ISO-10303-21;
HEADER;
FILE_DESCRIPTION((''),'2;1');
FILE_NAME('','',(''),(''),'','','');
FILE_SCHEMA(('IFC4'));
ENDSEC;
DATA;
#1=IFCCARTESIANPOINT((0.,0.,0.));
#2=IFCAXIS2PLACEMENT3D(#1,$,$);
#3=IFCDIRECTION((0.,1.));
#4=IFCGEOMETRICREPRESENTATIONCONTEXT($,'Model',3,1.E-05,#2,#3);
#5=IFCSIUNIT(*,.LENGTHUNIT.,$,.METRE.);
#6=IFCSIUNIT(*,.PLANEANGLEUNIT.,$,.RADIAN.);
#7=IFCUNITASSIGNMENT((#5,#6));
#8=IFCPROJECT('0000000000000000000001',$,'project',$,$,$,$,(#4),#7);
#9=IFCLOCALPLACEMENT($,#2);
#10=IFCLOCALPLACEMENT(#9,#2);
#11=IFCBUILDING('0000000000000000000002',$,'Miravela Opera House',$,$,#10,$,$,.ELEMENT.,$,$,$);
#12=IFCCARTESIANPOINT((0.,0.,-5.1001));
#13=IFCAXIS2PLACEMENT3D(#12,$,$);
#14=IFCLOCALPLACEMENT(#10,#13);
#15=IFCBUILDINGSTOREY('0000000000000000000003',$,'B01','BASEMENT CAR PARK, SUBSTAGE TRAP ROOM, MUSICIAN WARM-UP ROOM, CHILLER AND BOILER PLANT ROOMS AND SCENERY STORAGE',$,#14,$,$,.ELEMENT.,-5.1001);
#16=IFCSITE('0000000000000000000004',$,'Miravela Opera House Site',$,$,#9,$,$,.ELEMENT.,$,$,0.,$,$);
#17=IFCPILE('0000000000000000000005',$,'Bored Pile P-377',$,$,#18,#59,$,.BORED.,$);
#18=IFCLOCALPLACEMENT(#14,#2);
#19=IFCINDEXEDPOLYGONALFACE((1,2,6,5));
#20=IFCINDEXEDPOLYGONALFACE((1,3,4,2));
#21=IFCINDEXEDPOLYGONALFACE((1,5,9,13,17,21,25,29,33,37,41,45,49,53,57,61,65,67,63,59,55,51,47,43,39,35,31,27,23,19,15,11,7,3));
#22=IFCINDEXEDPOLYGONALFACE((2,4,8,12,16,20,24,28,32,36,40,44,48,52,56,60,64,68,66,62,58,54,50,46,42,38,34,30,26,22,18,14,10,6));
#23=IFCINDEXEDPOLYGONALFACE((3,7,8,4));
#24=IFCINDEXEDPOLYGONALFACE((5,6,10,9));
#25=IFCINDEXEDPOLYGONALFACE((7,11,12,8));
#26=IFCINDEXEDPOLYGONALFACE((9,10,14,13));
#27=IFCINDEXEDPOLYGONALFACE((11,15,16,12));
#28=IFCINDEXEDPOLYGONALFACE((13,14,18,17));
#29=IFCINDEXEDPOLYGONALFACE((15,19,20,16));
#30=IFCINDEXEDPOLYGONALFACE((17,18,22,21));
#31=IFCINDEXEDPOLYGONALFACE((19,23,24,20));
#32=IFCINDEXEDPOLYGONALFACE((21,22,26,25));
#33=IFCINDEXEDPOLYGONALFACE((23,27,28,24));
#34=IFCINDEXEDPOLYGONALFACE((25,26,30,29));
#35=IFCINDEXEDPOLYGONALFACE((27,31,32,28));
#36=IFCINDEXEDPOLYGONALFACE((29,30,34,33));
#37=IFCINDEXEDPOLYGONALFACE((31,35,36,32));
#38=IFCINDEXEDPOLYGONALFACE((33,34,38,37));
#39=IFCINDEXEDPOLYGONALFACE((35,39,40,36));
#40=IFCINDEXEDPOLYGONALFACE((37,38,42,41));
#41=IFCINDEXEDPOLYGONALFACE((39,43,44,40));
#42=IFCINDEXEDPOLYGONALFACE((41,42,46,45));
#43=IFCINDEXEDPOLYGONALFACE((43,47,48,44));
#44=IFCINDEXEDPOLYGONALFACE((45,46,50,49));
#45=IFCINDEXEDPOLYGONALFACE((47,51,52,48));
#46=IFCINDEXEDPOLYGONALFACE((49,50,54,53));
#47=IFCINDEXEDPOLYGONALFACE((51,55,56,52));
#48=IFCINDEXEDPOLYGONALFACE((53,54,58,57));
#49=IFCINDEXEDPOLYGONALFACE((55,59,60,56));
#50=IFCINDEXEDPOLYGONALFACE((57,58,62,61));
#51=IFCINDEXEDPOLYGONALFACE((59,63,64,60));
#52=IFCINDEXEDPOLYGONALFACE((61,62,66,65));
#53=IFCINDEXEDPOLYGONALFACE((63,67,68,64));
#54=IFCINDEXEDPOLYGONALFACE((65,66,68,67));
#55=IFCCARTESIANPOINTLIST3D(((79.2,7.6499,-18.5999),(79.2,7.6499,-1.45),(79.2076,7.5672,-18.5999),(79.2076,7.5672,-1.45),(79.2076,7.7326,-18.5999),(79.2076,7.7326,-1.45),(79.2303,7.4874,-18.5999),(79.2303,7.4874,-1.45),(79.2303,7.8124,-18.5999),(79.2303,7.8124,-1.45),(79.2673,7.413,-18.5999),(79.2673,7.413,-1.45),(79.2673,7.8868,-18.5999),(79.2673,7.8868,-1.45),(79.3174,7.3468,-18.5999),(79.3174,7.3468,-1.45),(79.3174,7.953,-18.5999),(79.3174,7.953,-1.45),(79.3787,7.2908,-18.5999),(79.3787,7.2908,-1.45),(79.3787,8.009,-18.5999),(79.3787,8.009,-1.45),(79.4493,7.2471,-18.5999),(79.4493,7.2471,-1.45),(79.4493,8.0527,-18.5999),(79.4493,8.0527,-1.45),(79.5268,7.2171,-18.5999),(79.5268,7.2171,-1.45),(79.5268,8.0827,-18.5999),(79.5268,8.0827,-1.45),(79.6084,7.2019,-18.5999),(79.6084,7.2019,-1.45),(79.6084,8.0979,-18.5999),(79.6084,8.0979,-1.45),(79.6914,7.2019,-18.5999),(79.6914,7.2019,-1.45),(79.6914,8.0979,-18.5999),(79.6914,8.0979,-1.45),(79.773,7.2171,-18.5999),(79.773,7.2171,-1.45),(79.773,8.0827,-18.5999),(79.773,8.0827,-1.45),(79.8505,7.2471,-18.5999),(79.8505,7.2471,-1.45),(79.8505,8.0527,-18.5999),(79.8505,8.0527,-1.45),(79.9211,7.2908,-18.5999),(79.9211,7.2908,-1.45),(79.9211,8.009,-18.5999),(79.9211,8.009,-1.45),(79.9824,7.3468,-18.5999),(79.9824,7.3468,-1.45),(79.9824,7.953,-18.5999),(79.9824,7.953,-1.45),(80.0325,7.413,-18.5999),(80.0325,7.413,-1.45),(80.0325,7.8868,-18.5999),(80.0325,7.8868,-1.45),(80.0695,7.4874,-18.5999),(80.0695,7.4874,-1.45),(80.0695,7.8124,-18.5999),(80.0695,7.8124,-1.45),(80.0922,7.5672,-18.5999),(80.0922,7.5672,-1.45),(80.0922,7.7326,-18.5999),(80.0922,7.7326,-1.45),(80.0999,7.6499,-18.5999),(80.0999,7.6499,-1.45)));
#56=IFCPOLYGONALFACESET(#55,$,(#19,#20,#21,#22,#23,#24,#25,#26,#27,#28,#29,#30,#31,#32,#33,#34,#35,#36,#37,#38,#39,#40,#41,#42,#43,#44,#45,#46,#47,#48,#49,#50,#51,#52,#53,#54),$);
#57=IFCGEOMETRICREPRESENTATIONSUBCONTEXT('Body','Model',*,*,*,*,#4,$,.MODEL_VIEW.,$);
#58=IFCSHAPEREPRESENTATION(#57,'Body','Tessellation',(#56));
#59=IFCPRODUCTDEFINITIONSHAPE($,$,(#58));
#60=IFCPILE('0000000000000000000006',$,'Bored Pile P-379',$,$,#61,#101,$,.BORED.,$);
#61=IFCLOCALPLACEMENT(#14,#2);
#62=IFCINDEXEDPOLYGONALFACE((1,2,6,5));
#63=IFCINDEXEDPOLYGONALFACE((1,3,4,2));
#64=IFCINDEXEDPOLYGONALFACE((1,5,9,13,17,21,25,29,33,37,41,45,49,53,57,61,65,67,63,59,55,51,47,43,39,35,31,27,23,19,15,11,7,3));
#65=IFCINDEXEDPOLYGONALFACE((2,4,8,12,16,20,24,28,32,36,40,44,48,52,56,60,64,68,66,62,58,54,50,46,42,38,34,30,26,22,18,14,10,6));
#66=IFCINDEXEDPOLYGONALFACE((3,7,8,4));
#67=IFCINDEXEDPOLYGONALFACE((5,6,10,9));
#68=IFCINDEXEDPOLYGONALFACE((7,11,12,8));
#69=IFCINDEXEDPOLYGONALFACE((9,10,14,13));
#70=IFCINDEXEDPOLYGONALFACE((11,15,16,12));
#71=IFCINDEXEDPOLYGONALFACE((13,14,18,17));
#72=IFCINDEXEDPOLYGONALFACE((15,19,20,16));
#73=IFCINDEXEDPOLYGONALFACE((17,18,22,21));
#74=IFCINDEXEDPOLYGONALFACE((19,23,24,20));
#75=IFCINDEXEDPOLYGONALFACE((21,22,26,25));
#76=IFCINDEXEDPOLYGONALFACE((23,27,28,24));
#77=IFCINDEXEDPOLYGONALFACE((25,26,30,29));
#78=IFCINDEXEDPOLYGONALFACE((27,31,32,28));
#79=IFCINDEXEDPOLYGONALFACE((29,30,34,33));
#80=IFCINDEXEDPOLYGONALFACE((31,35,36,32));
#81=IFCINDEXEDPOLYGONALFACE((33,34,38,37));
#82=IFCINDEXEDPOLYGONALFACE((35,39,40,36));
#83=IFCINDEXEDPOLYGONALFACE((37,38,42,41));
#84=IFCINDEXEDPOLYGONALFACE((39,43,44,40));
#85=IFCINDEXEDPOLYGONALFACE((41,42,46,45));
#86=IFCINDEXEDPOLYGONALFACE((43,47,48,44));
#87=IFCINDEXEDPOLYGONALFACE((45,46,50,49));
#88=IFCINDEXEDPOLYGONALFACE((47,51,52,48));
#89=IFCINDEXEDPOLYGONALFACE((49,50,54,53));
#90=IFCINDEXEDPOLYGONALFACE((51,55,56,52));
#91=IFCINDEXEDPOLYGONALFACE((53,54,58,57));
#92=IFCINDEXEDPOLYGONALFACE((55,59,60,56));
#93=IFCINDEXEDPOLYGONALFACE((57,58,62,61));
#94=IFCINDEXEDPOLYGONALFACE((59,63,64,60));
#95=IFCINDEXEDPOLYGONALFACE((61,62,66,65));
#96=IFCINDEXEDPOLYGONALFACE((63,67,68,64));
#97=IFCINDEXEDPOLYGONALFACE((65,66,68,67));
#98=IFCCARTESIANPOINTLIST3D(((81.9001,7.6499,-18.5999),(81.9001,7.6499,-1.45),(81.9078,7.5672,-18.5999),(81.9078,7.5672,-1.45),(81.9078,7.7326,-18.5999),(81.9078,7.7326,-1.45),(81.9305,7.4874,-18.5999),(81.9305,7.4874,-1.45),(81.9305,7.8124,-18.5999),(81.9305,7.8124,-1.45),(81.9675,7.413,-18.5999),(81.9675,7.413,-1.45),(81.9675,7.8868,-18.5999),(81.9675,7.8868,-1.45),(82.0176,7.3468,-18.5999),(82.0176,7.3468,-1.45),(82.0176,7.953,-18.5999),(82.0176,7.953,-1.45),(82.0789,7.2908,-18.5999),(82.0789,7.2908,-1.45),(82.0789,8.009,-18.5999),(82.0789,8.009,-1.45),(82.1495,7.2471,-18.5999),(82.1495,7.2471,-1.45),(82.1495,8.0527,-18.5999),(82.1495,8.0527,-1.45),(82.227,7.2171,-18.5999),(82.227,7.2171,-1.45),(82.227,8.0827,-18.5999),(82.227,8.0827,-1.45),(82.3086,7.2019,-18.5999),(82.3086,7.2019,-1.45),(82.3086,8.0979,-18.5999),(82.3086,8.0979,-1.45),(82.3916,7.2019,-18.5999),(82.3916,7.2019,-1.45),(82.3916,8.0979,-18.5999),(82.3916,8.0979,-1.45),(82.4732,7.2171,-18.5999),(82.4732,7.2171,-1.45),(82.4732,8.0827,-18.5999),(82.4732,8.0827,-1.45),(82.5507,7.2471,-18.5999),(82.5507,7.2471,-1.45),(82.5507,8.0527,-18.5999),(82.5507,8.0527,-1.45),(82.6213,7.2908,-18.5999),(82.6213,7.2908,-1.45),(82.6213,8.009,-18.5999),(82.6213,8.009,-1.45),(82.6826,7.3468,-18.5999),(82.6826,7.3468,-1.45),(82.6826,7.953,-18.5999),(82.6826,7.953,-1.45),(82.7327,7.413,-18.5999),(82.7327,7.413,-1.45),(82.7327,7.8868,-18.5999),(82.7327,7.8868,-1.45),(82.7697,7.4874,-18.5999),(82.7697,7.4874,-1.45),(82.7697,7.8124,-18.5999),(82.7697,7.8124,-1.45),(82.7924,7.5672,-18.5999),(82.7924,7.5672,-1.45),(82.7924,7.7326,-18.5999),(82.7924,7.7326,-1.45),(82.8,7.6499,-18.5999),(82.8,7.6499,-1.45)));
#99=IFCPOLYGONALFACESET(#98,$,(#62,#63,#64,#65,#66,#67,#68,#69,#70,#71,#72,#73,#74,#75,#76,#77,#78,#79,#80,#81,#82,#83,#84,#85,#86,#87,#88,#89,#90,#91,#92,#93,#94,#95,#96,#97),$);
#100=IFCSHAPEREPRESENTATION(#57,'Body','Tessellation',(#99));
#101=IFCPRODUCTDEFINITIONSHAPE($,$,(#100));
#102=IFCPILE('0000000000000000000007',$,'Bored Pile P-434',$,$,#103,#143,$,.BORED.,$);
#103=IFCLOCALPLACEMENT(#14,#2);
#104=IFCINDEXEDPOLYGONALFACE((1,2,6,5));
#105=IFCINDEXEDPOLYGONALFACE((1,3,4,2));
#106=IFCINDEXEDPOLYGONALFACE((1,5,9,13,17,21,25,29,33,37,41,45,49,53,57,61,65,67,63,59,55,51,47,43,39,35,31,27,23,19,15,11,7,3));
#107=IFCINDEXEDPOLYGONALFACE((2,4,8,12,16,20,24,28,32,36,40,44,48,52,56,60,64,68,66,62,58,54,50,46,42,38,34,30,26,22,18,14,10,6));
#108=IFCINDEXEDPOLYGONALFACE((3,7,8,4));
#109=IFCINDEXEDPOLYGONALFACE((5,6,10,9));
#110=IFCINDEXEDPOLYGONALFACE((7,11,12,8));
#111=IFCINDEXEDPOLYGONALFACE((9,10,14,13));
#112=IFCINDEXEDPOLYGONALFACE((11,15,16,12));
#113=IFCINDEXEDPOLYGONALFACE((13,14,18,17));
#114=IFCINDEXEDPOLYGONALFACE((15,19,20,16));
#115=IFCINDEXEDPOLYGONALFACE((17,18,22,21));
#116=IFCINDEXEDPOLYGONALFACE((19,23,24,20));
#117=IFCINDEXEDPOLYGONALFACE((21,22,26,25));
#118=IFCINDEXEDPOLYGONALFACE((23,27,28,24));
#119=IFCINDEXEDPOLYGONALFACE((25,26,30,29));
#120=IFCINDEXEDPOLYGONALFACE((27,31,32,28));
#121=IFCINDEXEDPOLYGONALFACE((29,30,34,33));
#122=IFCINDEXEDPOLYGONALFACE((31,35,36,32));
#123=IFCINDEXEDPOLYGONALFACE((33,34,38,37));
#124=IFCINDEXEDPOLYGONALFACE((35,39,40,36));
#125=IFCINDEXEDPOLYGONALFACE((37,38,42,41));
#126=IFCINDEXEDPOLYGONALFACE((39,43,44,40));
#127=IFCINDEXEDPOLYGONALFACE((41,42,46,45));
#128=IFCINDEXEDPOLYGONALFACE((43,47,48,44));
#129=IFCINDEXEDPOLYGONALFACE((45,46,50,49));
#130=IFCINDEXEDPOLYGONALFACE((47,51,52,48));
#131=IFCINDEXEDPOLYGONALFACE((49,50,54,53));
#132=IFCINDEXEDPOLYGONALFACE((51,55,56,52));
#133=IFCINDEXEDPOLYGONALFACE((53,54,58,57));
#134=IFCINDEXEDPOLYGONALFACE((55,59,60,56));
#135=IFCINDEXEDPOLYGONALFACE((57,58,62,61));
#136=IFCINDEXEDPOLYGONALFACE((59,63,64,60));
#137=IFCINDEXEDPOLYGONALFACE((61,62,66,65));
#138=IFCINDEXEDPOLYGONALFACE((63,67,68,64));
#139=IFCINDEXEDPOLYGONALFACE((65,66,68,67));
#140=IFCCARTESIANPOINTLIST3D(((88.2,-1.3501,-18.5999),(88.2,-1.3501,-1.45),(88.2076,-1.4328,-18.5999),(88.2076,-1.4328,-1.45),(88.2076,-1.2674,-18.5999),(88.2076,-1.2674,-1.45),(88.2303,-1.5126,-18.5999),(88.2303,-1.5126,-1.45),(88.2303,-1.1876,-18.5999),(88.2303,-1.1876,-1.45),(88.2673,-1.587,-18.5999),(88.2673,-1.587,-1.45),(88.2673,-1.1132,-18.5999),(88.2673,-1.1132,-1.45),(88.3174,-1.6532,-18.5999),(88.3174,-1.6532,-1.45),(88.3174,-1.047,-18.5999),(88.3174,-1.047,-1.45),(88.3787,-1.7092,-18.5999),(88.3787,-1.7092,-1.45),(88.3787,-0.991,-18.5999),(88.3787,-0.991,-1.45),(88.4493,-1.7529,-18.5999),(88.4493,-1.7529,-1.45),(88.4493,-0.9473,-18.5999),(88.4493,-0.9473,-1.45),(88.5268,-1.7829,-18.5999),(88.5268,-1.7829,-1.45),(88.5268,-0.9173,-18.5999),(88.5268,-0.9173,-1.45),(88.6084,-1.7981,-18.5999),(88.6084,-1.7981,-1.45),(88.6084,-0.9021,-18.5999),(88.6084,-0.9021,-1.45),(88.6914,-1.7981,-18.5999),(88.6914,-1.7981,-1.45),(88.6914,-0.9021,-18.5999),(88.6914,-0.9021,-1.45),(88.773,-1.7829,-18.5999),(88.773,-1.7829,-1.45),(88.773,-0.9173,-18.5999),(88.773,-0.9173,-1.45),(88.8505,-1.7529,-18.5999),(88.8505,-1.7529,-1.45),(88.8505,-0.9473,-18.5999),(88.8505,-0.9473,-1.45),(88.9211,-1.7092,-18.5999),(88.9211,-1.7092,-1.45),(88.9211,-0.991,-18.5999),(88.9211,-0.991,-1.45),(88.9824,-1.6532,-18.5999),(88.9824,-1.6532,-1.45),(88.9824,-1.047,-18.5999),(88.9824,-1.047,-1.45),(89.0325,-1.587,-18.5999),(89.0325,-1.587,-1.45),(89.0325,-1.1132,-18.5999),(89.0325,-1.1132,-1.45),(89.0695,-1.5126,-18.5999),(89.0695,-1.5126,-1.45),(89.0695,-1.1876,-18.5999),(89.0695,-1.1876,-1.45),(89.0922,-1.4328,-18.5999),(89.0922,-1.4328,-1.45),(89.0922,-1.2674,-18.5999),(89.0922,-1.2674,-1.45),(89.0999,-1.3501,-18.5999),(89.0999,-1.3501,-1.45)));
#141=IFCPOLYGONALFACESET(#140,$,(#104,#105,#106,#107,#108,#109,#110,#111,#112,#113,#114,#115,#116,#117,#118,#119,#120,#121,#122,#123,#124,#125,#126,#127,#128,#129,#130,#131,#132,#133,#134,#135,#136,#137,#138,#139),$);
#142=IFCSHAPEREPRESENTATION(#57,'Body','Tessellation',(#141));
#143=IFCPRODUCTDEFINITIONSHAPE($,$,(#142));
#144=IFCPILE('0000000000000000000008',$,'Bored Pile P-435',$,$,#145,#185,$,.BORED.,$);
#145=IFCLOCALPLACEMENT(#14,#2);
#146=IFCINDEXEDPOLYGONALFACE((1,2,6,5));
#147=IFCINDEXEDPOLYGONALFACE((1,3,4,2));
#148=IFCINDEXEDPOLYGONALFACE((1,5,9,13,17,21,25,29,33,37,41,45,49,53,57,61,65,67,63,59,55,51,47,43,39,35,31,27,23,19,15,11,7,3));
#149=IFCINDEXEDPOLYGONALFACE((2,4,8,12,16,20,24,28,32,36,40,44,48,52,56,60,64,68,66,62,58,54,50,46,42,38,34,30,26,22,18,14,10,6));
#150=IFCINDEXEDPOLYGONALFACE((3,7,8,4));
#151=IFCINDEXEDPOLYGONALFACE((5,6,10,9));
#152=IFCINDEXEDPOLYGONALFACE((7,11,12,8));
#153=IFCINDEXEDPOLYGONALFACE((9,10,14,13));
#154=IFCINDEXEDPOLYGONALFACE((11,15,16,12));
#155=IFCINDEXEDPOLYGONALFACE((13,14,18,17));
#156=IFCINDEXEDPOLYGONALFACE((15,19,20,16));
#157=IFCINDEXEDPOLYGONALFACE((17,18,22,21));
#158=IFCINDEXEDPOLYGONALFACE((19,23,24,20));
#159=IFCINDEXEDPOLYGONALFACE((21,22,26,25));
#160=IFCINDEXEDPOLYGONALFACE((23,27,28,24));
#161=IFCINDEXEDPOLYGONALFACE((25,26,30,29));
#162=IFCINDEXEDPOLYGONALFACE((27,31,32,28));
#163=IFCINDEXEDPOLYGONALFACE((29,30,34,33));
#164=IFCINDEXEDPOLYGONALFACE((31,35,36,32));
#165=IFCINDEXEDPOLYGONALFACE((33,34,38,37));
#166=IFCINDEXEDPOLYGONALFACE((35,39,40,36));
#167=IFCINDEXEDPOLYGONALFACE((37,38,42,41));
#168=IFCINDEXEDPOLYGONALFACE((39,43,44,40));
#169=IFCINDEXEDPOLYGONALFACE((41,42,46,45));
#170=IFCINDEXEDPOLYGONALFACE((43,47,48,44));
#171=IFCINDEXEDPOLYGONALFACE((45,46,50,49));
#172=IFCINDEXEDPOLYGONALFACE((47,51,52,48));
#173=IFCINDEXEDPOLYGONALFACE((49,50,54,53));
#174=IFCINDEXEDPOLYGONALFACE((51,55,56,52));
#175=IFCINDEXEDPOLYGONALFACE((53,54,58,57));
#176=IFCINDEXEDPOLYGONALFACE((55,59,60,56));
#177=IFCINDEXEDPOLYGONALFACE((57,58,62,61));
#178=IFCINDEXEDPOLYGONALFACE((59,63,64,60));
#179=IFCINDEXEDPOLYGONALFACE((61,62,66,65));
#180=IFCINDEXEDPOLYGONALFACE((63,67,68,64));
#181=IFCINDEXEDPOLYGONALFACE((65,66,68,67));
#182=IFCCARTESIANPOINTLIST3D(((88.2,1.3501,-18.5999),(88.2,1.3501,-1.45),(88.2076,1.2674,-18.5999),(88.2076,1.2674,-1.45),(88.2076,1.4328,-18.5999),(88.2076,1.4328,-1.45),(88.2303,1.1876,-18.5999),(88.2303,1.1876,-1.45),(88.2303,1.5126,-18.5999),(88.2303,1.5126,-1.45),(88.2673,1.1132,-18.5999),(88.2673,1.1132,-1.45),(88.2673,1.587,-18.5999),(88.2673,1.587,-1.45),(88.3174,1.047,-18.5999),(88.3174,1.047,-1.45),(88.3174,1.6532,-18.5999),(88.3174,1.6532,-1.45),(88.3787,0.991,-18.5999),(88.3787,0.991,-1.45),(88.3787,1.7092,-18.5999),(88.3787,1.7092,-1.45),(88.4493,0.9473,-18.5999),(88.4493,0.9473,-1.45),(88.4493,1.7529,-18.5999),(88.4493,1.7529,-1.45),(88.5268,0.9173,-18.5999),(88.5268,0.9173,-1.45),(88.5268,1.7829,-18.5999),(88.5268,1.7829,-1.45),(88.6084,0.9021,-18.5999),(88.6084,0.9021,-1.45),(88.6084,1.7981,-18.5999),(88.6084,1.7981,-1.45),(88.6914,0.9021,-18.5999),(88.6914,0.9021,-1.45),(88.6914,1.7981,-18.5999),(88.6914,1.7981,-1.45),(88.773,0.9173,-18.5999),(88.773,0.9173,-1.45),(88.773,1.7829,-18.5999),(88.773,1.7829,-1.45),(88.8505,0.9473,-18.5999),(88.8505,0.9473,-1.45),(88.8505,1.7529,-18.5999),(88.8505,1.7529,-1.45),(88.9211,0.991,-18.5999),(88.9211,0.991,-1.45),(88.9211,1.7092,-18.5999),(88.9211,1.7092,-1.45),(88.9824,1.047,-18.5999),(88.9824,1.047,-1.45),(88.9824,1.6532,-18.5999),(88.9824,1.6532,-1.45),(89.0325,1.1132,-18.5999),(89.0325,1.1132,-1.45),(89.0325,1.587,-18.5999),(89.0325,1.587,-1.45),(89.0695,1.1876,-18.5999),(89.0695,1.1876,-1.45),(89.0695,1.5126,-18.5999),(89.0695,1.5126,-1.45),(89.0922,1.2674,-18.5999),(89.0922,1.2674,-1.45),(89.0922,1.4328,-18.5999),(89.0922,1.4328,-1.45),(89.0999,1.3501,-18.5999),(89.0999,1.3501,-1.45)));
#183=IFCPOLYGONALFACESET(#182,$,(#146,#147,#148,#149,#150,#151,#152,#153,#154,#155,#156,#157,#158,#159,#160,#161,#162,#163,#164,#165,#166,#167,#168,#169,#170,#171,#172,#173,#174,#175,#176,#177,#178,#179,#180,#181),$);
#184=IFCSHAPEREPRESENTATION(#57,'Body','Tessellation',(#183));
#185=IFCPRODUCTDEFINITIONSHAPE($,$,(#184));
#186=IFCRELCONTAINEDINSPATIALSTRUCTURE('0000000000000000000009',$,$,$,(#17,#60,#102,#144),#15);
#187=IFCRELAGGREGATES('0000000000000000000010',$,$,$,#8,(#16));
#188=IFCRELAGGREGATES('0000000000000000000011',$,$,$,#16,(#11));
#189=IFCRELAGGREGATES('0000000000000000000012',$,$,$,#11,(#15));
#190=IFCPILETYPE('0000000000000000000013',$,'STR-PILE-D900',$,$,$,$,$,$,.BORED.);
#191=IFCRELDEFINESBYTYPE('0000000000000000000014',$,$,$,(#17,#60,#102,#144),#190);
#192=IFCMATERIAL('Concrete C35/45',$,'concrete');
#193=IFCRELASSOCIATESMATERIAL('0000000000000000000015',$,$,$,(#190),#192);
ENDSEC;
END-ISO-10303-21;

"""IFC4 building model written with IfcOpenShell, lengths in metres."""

from ifc_helpers import new_model, si_unit, direction, frame, origin, origin_2d, place, context, subcontext, project, spatial, circle, extrude, material, material_profile, profile_set, type_object, element, save


model = new_model("IFC4")

# Units and contexts
model_context = context("Model", 3, precision=1e-05, world=origin(), true_north=direction((0.0, 1.0)))
body_context = subcontext(model_context, "Body", "Model", "MODEL_VIEW")
ifc_project = project(units=[si_unit("LENGTHUNIT", "METRE"), si_unit("PLANEANGLEUNIT", "RADIAN")], contexts=[model_context])

# Site, building, storey
site_placement = place(None, origin())
site = spatial("IfcSite", under=ifc_project, at=site_placement, Name="Miravela Opera House Site", CompositionType="ELEMENT", RefElevation=0.0)
building_placement = place(site_placement, origin())
building = spatial("IfcBuilding", under=site, at=building_placement, Name="Miravela Opera House", CompositionType="ELEMENT")
storey_placement = place(building_placement, frame((0.0, 0.0, -5.1001)))
storey = spatial("IfcBuildingStorey", under=building, at=storey_placement, Name="B01", Description="BASEMENT CAR PARK, SUBSTAGE TRAP ROOM, MUSICIAN WARM-UP ROOM, CHILLER AND BOILER PLANT ROOMS AND SCENERY STORAGE", CompositionType="ELEMENT", Elevation=-5.1001)

# Shared definitions
ifc_material_1 = material(Name="Concrete C35/45", Category="concrete")

# Piles
ifc_material_profile_1 = material_profile(ifc_material_1, circle(Radius=0.45, at=origin_2d()), Name="PILE-D900")
ifc_profile_set_1 = profile_set([ifc_material_profile_1])
pile_type_1 = type_object("IfcPileType", Name="STR-PILE-D900", PredefinedType="BORED", material=ifc_profile_set_1)
for number, where, z_axis, x_axis, name in (
    (1, (79.6499, 7.6499, -1.45), (0.0, 0.0, -1.0), (1.0, 0.0, 0.0), "Bored Pile P-377"),
    (2, (82.3501, 7.6499, -1.45), (0.0, 0.0, -1.0), (1.0, 0.0, 0.0), "Bored Pile P-379"),
    (3, (88.6499, -1.3501, -1.45), (0.0, 0.0, -1.0), (1.0, 0.0, 0.0), "Bored Pile P-434"),
    (4, (88.6499, 1.3501, -1.45), (0.0, 0.0, -1.0), (1.0, 0.0, 0.0), "Bored Pile P-435"),
):
    element("IfcPile", number, at=place(storey_placement, frame(where, z_axis=z_axis, x_axis=x_axis)), inside=storey, type_object=pile_type_1, Name=name, PredefinedType="BORED", context=body_context, shape_type="SweptSolid", body=[
        extrude(circle(Radius=0.45, at=origin_2d()), origin(), (0.0, 0.0, 1.0), 17.1499),
    ])

save(model, "model.ifc")
